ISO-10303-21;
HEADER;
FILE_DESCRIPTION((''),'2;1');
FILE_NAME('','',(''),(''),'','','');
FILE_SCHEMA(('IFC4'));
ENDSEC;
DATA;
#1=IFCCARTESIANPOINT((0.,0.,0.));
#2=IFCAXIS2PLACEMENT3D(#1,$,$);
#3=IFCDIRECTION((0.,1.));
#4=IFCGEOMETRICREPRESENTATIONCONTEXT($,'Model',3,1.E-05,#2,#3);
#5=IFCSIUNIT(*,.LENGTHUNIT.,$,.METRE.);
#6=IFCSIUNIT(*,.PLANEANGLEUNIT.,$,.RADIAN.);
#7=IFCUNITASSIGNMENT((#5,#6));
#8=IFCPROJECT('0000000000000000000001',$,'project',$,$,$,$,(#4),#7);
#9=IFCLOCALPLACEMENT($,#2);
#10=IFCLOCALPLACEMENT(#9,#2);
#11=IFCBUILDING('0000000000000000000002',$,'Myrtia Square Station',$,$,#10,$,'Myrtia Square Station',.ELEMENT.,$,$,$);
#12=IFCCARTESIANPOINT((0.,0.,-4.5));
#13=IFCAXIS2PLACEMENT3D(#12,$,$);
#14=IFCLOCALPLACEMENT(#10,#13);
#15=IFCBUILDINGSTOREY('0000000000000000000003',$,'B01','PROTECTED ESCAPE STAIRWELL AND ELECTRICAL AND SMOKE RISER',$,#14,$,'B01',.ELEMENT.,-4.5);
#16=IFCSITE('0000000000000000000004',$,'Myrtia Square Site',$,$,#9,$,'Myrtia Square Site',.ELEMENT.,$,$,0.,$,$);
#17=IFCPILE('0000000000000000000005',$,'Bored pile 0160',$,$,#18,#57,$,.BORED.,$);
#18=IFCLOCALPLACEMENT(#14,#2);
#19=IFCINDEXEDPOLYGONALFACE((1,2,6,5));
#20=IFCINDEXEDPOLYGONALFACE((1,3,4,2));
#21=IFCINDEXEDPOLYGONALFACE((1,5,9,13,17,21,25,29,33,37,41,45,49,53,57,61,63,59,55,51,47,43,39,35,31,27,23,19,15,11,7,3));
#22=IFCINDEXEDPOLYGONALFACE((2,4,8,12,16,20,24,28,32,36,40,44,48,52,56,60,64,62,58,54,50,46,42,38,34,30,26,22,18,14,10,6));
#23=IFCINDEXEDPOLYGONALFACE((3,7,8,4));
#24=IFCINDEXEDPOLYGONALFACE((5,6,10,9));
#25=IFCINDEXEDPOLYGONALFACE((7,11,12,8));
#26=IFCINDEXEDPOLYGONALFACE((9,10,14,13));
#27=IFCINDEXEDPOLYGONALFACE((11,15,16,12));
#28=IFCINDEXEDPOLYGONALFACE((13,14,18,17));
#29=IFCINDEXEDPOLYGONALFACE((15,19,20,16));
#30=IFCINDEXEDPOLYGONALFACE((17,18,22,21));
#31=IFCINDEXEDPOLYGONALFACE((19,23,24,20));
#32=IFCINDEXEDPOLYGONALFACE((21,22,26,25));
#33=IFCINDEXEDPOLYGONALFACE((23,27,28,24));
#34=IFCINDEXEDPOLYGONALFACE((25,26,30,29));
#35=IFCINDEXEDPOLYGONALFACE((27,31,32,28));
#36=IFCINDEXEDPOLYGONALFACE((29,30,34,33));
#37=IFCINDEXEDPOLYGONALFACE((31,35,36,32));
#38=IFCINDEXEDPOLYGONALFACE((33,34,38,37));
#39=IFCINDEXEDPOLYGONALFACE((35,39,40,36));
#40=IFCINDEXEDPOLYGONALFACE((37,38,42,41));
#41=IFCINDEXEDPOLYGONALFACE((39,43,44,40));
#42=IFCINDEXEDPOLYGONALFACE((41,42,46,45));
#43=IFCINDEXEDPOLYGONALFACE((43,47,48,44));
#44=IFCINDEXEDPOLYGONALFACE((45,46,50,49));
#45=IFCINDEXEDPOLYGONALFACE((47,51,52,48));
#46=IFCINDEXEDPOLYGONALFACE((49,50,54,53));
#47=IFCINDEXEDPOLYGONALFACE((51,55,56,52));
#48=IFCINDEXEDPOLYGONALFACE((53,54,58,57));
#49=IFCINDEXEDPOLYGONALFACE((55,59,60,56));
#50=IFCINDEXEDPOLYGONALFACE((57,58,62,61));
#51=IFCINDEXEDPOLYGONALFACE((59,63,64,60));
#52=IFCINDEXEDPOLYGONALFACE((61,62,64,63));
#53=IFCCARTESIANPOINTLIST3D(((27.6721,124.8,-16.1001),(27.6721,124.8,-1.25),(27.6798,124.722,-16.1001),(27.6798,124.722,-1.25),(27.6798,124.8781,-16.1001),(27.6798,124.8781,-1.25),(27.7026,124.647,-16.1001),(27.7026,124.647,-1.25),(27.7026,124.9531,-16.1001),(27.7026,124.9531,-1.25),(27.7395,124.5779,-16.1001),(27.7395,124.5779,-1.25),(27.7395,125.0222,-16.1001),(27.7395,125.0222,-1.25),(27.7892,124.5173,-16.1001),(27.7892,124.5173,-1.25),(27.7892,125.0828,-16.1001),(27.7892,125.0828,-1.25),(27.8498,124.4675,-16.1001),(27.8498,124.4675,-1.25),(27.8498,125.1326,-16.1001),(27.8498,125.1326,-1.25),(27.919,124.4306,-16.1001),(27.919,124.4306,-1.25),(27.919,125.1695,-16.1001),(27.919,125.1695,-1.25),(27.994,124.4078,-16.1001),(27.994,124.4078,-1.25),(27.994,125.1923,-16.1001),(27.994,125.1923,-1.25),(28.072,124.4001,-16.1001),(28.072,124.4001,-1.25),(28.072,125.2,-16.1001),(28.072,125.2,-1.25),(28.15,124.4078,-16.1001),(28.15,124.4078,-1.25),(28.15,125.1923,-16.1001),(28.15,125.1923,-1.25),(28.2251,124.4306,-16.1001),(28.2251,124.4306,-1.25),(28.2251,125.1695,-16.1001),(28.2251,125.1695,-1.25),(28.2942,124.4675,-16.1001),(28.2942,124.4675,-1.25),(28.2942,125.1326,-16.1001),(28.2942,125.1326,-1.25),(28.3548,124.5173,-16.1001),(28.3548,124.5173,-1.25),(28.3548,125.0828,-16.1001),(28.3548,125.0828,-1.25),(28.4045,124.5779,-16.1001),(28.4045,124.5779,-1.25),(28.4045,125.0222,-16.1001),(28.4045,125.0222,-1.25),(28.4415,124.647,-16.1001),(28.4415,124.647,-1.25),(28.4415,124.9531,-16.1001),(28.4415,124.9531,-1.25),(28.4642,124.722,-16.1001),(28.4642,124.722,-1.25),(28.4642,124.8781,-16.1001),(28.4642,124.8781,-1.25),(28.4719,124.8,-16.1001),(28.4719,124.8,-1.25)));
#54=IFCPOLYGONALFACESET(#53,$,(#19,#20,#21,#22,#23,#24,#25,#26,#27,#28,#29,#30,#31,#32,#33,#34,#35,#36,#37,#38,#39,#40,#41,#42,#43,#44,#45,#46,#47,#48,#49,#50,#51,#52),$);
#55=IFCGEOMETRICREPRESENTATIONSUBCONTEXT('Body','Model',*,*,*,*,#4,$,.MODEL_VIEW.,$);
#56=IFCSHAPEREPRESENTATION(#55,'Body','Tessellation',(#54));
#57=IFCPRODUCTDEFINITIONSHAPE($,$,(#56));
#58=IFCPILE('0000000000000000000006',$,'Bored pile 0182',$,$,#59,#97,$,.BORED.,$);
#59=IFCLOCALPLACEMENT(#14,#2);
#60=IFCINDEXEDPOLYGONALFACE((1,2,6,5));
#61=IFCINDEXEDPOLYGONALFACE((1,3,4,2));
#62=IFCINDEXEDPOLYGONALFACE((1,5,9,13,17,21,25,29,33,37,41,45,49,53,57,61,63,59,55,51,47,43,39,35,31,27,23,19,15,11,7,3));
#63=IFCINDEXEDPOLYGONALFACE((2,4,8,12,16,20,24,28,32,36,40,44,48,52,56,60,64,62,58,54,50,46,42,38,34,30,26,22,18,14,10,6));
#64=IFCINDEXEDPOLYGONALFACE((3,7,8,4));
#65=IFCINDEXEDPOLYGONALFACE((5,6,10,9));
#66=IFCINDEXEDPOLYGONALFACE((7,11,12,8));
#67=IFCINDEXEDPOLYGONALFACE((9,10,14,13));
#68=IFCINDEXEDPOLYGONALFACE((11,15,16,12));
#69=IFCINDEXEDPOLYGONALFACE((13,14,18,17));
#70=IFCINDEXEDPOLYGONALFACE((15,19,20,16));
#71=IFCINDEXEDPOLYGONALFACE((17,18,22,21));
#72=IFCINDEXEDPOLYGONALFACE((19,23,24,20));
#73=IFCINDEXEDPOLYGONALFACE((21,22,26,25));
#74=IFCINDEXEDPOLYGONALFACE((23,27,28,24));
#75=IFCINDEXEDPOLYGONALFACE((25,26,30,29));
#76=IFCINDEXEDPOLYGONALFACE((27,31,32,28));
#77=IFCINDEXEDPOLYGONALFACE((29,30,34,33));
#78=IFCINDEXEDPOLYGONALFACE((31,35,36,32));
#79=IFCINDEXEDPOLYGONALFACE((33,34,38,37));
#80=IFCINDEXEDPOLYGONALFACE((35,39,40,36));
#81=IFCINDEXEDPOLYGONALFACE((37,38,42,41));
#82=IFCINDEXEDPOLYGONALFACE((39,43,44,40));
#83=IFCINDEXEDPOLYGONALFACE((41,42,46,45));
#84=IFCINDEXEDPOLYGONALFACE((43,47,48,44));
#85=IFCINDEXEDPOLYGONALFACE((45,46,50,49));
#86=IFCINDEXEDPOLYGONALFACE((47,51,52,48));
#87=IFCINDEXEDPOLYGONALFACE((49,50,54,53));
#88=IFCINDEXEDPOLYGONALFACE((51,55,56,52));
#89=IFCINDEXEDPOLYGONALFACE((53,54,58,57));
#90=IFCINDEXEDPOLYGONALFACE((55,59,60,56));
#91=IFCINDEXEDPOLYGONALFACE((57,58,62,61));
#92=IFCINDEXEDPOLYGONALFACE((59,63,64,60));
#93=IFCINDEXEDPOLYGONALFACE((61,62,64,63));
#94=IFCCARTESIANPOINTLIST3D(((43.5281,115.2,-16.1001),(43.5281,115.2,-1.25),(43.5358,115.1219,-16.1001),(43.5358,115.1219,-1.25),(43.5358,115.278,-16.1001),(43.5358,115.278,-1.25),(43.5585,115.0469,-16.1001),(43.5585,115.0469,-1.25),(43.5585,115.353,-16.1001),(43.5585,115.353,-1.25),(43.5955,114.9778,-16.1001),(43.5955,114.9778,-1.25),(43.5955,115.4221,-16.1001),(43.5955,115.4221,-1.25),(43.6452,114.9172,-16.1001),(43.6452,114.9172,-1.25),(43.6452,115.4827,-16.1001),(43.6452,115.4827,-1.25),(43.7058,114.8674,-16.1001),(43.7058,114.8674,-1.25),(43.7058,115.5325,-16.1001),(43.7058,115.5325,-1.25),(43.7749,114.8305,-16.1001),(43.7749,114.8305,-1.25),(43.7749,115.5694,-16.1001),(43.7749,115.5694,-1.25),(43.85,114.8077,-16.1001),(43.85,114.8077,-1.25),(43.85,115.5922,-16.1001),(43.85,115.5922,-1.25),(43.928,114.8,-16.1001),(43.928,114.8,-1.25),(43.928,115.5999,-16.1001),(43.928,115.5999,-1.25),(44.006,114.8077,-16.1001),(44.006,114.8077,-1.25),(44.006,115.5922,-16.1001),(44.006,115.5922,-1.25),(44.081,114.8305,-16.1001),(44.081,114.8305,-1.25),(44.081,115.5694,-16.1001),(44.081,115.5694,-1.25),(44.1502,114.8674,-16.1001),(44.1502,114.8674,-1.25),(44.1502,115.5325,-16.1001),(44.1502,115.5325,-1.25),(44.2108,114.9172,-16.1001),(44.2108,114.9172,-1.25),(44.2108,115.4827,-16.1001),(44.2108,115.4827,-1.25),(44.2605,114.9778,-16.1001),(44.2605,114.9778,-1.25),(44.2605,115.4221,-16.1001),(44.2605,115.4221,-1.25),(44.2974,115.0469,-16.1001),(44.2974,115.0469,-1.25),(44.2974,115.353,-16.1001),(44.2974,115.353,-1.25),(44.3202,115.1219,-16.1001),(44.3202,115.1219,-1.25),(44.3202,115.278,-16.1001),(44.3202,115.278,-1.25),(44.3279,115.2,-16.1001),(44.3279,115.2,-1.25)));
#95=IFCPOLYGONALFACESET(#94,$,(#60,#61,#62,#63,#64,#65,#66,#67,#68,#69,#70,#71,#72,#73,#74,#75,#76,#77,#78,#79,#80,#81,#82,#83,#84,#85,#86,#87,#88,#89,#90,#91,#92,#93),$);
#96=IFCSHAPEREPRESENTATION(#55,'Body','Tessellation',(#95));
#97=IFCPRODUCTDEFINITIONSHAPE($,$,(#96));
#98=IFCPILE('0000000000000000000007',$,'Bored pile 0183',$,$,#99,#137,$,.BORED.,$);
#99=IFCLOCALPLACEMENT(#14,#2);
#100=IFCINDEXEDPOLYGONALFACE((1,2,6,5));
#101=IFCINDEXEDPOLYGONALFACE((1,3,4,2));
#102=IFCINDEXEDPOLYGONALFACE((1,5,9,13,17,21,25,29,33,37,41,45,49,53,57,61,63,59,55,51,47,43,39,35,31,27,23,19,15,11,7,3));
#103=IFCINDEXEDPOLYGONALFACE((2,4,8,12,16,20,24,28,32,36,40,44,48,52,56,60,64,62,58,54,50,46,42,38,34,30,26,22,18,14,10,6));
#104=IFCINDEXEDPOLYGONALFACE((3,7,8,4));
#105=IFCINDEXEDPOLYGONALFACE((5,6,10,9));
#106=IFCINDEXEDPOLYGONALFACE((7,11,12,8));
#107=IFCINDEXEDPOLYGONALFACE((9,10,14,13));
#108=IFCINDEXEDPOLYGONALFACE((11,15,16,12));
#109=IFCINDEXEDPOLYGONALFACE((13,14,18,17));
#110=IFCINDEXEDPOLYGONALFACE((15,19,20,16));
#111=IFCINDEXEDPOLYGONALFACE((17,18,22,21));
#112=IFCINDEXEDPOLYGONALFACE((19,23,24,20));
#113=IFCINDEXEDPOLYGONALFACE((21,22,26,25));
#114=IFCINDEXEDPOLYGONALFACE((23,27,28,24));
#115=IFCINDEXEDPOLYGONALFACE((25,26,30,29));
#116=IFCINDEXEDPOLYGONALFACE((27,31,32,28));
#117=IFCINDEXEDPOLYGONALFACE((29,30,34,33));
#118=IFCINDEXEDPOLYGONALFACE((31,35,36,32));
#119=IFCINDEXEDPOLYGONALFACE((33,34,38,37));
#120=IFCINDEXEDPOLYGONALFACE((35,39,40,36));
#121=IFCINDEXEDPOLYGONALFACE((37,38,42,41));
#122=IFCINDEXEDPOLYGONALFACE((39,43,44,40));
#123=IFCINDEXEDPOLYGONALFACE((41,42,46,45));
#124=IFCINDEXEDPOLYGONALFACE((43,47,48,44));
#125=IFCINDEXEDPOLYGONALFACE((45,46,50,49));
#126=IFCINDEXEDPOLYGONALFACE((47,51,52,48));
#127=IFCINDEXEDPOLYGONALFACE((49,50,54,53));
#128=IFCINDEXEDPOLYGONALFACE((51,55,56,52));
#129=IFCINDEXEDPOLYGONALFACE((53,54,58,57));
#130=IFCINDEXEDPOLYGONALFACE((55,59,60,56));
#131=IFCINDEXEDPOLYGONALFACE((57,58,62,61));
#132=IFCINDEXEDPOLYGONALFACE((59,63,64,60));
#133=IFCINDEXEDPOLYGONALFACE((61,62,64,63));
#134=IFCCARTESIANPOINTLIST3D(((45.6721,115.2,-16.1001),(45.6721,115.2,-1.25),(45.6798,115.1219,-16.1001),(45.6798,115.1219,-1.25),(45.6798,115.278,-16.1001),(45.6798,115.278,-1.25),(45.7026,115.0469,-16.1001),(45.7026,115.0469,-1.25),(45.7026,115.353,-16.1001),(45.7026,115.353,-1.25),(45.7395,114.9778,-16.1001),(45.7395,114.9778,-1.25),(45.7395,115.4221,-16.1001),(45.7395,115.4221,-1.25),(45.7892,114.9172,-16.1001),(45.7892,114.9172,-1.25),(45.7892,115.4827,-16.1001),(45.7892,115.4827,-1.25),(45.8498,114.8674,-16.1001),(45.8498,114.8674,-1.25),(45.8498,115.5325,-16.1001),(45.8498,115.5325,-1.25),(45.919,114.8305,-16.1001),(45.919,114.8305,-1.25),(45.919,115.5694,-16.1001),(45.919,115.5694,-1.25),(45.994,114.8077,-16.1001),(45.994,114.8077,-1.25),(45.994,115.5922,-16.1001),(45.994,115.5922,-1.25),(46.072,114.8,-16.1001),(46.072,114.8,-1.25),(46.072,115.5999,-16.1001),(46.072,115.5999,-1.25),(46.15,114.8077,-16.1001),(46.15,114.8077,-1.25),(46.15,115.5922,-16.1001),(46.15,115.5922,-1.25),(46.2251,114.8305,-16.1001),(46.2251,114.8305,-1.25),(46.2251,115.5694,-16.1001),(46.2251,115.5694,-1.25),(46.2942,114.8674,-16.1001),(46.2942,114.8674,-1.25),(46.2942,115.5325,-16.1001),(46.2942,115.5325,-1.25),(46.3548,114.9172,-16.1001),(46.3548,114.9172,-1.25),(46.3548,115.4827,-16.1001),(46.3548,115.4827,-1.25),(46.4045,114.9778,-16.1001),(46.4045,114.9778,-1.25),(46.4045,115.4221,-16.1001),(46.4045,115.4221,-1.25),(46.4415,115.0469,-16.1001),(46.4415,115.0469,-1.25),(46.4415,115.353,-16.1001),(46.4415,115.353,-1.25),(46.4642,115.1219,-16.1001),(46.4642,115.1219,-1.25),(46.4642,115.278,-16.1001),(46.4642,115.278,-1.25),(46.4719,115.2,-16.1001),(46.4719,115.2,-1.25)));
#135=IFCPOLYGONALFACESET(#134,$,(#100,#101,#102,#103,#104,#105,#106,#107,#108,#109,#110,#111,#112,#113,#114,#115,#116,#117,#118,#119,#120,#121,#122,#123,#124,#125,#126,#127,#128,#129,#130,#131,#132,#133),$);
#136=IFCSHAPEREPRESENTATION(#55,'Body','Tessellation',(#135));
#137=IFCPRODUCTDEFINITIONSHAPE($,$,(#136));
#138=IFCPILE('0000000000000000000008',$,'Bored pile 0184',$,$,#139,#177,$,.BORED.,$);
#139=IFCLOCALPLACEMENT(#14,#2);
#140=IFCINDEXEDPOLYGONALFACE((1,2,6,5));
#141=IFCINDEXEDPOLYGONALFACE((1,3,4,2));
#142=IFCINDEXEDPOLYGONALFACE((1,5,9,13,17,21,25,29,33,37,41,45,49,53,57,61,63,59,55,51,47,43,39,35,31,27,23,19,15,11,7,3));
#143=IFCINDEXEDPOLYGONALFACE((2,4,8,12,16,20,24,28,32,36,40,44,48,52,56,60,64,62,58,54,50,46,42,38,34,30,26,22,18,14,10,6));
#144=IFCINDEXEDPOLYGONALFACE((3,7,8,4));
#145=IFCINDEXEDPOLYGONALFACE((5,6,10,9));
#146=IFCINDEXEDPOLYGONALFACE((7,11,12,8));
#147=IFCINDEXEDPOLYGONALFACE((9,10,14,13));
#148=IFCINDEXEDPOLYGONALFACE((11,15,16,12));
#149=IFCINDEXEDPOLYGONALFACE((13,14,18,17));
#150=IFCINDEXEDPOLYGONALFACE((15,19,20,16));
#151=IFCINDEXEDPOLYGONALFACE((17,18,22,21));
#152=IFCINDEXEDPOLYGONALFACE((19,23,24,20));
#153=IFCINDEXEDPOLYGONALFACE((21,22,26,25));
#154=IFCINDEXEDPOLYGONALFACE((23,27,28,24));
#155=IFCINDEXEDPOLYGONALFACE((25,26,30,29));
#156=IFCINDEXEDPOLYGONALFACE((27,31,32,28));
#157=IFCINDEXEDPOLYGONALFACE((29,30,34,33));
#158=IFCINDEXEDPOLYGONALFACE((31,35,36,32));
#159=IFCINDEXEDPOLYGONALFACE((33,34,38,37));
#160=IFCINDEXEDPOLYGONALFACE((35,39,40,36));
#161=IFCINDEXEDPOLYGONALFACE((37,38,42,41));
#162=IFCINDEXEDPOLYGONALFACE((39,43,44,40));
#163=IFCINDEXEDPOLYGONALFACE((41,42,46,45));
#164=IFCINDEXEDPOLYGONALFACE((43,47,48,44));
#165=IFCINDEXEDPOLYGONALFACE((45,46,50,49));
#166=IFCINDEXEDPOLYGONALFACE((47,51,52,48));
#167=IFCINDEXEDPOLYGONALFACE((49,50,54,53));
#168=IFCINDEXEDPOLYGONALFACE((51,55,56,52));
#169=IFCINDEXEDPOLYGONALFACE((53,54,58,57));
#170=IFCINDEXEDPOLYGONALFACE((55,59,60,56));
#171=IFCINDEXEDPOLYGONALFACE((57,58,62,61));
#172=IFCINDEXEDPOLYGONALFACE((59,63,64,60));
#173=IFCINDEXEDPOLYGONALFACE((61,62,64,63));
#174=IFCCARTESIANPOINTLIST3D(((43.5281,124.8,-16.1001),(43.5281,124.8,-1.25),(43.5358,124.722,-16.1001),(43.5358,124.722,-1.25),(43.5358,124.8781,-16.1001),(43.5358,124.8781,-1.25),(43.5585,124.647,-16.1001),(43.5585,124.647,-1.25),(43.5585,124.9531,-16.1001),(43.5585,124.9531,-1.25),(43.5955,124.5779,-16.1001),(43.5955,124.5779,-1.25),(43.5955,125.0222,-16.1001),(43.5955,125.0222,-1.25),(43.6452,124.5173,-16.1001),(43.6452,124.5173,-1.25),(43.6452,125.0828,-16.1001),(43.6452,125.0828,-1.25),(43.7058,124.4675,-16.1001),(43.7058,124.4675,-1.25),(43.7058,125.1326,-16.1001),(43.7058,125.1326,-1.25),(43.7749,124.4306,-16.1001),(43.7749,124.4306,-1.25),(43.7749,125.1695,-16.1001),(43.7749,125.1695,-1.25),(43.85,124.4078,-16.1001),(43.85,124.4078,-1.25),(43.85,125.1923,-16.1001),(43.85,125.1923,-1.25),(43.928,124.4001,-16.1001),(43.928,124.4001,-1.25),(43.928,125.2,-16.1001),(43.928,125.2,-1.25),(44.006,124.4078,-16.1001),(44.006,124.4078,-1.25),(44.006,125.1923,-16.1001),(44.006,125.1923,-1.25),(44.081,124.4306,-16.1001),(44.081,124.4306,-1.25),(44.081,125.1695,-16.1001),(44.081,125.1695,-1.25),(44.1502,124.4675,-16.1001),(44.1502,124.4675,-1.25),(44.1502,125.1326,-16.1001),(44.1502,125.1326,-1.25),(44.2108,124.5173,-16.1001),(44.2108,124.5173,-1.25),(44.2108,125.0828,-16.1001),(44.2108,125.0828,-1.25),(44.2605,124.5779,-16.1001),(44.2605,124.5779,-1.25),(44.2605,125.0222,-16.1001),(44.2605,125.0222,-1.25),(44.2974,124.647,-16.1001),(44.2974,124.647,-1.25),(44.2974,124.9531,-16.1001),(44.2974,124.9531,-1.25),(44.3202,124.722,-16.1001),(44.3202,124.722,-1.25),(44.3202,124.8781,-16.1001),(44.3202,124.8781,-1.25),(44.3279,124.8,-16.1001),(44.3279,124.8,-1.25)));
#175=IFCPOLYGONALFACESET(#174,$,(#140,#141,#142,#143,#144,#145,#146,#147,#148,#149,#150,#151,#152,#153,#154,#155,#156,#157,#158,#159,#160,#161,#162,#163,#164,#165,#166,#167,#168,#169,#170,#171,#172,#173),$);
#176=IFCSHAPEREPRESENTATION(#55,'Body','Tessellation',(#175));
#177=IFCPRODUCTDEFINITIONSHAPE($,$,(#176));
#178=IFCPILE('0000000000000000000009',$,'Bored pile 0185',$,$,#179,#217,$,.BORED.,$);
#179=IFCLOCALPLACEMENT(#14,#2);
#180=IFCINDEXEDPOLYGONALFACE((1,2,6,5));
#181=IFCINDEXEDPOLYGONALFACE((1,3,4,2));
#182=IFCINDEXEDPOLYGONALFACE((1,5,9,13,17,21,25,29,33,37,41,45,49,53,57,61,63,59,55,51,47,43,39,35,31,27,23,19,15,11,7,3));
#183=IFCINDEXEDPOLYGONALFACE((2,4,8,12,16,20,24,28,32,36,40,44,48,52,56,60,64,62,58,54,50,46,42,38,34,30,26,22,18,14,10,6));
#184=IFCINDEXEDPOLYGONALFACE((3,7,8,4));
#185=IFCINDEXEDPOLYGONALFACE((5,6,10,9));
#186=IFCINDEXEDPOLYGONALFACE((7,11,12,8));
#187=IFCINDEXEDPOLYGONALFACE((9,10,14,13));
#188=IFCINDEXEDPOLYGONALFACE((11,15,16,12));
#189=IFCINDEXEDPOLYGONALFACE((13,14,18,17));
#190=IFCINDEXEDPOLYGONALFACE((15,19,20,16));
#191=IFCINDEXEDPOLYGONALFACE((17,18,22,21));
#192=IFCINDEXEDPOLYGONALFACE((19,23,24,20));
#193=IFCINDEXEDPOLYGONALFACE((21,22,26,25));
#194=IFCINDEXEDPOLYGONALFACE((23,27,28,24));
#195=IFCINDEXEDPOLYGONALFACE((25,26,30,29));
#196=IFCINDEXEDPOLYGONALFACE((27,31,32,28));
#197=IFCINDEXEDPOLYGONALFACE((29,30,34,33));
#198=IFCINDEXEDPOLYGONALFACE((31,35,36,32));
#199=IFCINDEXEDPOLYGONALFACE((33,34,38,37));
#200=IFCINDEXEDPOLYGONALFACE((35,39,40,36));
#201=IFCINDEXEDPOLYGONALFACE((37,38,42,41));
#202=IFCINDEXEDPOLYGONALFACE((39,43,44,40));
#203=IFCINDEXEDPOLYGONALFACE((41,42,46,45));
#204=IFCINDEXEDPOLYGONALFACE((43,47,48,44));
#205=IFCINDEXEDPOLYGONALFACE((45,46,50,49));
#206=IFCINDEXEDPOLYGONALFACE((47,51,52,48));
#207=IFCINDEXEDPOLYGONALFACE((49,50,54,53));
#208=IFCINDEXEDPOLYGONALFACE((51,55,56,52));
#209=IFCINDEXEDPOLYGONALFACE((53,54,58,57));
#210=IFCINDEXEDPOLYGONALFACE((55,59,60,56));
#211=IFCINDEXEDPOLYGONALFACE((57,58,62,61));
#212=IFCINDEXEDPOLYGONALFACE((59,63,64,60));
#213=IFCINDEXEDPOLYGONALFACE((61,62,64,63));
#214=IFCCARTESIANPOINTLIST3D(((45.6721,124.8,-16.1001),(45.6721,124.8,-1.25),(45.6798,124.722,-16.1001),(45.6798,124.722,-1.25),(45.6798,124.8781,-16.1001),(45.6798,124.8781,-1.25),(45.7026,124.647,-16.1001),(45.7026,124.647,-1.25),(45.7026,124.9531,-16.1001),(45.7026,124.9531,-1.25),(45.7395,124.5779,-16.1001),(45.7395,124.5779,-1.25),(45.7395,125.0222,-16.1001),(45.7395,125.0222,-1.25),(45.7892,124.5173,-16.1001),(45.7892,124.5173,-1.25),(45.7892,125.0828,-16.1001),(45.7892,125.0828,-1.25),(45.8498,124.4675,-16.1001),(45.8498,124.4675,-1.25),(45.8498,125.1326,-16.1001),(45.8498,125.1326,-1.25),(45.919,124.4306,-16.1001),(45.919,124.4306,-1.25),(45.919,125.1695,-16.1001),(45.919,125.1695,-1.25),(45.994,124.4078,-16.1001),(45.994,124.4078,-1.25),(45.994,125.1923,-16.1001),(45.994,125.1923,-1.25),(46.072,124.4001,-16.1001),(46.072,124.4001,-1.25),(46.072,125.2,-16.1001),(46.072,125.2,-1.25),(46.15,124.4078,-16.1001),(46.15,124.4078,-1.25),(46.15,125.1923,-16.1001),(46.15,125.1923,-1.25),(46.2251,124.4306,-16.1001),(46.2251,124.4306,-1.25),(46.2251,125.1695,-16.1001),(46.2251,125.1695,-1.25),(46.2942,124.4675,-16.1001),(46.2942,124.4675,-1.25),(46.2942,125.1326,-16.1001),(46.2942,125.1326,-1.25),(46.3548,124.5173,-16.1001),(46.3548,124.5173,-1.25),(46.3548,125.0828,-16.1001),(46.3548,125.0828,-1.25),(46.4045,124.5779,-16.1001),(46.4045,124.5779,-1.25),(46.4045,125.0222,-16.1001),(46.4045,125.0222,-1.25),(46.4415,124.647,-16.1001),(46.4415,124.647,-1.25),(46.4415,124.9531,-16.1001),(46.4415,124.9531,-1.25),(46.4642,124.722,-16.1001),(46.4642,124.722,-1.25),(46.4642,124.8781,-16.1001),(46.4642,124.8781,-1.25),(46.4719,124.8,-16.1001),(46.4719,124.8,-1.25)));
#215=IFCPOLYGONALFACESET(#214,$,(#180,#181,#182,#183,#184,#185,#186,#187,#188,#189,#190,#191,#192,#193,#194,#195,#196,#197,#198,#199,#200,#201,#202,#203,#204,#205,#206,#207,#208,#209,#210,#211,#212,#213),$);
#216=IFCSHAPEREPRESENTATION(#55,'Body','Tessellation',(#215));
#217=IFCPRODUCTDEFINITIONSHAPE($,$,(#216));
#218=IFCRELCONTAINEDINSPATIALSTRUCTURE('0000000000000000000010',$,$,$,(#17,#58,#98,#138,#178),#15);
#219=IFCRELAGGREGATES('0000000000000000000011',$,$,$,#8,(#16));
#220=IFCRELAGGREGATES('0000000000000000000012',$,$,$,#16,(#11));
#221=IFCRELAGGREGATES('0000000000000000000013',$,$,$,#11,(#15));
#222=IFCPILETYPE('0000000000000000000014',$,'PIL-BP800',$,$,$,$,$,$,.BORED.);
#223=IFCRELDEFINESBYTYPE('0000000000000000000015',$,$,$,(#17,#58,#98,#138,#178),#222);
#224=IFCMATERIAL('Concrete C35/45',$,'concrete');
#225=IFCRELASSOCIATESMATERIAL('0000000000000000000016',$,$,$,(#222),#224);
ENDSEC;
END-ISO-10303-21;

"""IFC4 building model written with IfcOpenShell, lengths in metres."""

from ifc_helpers import new_model, si_unit, direction, frame, origin, origin_2d, place, context, subcontext, project, spatial, circle, extrude, material, material_profile, profile_set, type_object, element, save


model = new_model("IFC4")

# Units and contexts
model_context = context("Model", 3, precision=1e-05, world=origin(), true_north=direction((0.0, 1.0)))
body_context = subcontext(model_context, "Body", "Model", "MODEL_VIEW")
ifc_project = project(units=[si_unit("LENGTHUNIT", "METRE"), si_unit("PLANEANGLEUNIT", "RADIAN")], contexts=[model_context])

# Site, building, storey
site_placement = place(None, origin())
site = spatial("IfcSite", under=ifc_project, at=site_placement, Name="Myrtia Square Site", LongName="Myrtia Square Site", CompositionType="ELEMENT", RefElevation=0.0)
building_placement = place(site_placement, origin())
building = spatial("IfcBuilding", under=site, at=building_placement, Name="Myrtia Square Station", LongName="Myrtia Square Station", CompositionType="ELEMENT")
storey_placement = place(building_placement, frame((0.0, 0.0, -4.5)))
storey = spatial("IfcBuildingStorey", under=building, at=storey_placement, Name="B01", Description="PROTECTED ESCAPE STAIRWELL AND ELECTRICAL AND SMOKE RISER", LongName="B01", CompositionType="ELEMENT", Elevation=-4.5)

# Shared definitions
ifc_material_1 = material(Name="Concrete C35/45", Category="concrete")

# Piles
ifc_material_profile_1 = material_profile(ifc_material_1, circle(Radius=0.3999, at=origin_2d()), Name="BP D800")
ifc_profile_set_1 = profile_set([ifc_material_profile_1], Name="Concrete C35/45")
pile_type = type_object("IfcPileType", Name="PIL-BP800", PredefinedType="BORED", material=ifc_profile_set_1)
for number, where, z_axis, x_axis, name in (
    (1, (28.072, 124.8, -1.25), (0.0, 0.0, -1.0), (1.0, 0.0, 0.0), "Bored pile 0160"),
    (2, (43.928, 115.2, -1.25), (0.0, 0.0, -1.0), (1.0, 0.0, 0.0), "Bored pile 0182"),
    (3, (46.072, 115.2, -1.25), (0.0, 0.0, -1.0), (1.0, 0.0, 0.0), "Bored pile 0183"),
    (4, (43.928, 124.8, -1.25), (0.0, 0.0, -1.0), (1.0, 0.0, 0.0), "Bored pile 0184"),
    (5, (46.072, 124.8, -1.25), (0.0, 0.0, -1.0), (1.0, 0.0, 0.0), "Bored pile 0185"),
):
    element("IfcPile", number, at=place(storey_placement, frame(where, z_axis=z_axis, x_axis=x_axis)), inside=storey, type_object=pile_type, Name=name, PredefinedType="BORED", context=body_context, shape_type="SweptSolid", body=[
        extrude(circle(Radius=0.3999, at=origin_2d()), origin(), (0.0, 0.0, 1.0), 14.8501),
    ])

save(model, "model.ifc")
